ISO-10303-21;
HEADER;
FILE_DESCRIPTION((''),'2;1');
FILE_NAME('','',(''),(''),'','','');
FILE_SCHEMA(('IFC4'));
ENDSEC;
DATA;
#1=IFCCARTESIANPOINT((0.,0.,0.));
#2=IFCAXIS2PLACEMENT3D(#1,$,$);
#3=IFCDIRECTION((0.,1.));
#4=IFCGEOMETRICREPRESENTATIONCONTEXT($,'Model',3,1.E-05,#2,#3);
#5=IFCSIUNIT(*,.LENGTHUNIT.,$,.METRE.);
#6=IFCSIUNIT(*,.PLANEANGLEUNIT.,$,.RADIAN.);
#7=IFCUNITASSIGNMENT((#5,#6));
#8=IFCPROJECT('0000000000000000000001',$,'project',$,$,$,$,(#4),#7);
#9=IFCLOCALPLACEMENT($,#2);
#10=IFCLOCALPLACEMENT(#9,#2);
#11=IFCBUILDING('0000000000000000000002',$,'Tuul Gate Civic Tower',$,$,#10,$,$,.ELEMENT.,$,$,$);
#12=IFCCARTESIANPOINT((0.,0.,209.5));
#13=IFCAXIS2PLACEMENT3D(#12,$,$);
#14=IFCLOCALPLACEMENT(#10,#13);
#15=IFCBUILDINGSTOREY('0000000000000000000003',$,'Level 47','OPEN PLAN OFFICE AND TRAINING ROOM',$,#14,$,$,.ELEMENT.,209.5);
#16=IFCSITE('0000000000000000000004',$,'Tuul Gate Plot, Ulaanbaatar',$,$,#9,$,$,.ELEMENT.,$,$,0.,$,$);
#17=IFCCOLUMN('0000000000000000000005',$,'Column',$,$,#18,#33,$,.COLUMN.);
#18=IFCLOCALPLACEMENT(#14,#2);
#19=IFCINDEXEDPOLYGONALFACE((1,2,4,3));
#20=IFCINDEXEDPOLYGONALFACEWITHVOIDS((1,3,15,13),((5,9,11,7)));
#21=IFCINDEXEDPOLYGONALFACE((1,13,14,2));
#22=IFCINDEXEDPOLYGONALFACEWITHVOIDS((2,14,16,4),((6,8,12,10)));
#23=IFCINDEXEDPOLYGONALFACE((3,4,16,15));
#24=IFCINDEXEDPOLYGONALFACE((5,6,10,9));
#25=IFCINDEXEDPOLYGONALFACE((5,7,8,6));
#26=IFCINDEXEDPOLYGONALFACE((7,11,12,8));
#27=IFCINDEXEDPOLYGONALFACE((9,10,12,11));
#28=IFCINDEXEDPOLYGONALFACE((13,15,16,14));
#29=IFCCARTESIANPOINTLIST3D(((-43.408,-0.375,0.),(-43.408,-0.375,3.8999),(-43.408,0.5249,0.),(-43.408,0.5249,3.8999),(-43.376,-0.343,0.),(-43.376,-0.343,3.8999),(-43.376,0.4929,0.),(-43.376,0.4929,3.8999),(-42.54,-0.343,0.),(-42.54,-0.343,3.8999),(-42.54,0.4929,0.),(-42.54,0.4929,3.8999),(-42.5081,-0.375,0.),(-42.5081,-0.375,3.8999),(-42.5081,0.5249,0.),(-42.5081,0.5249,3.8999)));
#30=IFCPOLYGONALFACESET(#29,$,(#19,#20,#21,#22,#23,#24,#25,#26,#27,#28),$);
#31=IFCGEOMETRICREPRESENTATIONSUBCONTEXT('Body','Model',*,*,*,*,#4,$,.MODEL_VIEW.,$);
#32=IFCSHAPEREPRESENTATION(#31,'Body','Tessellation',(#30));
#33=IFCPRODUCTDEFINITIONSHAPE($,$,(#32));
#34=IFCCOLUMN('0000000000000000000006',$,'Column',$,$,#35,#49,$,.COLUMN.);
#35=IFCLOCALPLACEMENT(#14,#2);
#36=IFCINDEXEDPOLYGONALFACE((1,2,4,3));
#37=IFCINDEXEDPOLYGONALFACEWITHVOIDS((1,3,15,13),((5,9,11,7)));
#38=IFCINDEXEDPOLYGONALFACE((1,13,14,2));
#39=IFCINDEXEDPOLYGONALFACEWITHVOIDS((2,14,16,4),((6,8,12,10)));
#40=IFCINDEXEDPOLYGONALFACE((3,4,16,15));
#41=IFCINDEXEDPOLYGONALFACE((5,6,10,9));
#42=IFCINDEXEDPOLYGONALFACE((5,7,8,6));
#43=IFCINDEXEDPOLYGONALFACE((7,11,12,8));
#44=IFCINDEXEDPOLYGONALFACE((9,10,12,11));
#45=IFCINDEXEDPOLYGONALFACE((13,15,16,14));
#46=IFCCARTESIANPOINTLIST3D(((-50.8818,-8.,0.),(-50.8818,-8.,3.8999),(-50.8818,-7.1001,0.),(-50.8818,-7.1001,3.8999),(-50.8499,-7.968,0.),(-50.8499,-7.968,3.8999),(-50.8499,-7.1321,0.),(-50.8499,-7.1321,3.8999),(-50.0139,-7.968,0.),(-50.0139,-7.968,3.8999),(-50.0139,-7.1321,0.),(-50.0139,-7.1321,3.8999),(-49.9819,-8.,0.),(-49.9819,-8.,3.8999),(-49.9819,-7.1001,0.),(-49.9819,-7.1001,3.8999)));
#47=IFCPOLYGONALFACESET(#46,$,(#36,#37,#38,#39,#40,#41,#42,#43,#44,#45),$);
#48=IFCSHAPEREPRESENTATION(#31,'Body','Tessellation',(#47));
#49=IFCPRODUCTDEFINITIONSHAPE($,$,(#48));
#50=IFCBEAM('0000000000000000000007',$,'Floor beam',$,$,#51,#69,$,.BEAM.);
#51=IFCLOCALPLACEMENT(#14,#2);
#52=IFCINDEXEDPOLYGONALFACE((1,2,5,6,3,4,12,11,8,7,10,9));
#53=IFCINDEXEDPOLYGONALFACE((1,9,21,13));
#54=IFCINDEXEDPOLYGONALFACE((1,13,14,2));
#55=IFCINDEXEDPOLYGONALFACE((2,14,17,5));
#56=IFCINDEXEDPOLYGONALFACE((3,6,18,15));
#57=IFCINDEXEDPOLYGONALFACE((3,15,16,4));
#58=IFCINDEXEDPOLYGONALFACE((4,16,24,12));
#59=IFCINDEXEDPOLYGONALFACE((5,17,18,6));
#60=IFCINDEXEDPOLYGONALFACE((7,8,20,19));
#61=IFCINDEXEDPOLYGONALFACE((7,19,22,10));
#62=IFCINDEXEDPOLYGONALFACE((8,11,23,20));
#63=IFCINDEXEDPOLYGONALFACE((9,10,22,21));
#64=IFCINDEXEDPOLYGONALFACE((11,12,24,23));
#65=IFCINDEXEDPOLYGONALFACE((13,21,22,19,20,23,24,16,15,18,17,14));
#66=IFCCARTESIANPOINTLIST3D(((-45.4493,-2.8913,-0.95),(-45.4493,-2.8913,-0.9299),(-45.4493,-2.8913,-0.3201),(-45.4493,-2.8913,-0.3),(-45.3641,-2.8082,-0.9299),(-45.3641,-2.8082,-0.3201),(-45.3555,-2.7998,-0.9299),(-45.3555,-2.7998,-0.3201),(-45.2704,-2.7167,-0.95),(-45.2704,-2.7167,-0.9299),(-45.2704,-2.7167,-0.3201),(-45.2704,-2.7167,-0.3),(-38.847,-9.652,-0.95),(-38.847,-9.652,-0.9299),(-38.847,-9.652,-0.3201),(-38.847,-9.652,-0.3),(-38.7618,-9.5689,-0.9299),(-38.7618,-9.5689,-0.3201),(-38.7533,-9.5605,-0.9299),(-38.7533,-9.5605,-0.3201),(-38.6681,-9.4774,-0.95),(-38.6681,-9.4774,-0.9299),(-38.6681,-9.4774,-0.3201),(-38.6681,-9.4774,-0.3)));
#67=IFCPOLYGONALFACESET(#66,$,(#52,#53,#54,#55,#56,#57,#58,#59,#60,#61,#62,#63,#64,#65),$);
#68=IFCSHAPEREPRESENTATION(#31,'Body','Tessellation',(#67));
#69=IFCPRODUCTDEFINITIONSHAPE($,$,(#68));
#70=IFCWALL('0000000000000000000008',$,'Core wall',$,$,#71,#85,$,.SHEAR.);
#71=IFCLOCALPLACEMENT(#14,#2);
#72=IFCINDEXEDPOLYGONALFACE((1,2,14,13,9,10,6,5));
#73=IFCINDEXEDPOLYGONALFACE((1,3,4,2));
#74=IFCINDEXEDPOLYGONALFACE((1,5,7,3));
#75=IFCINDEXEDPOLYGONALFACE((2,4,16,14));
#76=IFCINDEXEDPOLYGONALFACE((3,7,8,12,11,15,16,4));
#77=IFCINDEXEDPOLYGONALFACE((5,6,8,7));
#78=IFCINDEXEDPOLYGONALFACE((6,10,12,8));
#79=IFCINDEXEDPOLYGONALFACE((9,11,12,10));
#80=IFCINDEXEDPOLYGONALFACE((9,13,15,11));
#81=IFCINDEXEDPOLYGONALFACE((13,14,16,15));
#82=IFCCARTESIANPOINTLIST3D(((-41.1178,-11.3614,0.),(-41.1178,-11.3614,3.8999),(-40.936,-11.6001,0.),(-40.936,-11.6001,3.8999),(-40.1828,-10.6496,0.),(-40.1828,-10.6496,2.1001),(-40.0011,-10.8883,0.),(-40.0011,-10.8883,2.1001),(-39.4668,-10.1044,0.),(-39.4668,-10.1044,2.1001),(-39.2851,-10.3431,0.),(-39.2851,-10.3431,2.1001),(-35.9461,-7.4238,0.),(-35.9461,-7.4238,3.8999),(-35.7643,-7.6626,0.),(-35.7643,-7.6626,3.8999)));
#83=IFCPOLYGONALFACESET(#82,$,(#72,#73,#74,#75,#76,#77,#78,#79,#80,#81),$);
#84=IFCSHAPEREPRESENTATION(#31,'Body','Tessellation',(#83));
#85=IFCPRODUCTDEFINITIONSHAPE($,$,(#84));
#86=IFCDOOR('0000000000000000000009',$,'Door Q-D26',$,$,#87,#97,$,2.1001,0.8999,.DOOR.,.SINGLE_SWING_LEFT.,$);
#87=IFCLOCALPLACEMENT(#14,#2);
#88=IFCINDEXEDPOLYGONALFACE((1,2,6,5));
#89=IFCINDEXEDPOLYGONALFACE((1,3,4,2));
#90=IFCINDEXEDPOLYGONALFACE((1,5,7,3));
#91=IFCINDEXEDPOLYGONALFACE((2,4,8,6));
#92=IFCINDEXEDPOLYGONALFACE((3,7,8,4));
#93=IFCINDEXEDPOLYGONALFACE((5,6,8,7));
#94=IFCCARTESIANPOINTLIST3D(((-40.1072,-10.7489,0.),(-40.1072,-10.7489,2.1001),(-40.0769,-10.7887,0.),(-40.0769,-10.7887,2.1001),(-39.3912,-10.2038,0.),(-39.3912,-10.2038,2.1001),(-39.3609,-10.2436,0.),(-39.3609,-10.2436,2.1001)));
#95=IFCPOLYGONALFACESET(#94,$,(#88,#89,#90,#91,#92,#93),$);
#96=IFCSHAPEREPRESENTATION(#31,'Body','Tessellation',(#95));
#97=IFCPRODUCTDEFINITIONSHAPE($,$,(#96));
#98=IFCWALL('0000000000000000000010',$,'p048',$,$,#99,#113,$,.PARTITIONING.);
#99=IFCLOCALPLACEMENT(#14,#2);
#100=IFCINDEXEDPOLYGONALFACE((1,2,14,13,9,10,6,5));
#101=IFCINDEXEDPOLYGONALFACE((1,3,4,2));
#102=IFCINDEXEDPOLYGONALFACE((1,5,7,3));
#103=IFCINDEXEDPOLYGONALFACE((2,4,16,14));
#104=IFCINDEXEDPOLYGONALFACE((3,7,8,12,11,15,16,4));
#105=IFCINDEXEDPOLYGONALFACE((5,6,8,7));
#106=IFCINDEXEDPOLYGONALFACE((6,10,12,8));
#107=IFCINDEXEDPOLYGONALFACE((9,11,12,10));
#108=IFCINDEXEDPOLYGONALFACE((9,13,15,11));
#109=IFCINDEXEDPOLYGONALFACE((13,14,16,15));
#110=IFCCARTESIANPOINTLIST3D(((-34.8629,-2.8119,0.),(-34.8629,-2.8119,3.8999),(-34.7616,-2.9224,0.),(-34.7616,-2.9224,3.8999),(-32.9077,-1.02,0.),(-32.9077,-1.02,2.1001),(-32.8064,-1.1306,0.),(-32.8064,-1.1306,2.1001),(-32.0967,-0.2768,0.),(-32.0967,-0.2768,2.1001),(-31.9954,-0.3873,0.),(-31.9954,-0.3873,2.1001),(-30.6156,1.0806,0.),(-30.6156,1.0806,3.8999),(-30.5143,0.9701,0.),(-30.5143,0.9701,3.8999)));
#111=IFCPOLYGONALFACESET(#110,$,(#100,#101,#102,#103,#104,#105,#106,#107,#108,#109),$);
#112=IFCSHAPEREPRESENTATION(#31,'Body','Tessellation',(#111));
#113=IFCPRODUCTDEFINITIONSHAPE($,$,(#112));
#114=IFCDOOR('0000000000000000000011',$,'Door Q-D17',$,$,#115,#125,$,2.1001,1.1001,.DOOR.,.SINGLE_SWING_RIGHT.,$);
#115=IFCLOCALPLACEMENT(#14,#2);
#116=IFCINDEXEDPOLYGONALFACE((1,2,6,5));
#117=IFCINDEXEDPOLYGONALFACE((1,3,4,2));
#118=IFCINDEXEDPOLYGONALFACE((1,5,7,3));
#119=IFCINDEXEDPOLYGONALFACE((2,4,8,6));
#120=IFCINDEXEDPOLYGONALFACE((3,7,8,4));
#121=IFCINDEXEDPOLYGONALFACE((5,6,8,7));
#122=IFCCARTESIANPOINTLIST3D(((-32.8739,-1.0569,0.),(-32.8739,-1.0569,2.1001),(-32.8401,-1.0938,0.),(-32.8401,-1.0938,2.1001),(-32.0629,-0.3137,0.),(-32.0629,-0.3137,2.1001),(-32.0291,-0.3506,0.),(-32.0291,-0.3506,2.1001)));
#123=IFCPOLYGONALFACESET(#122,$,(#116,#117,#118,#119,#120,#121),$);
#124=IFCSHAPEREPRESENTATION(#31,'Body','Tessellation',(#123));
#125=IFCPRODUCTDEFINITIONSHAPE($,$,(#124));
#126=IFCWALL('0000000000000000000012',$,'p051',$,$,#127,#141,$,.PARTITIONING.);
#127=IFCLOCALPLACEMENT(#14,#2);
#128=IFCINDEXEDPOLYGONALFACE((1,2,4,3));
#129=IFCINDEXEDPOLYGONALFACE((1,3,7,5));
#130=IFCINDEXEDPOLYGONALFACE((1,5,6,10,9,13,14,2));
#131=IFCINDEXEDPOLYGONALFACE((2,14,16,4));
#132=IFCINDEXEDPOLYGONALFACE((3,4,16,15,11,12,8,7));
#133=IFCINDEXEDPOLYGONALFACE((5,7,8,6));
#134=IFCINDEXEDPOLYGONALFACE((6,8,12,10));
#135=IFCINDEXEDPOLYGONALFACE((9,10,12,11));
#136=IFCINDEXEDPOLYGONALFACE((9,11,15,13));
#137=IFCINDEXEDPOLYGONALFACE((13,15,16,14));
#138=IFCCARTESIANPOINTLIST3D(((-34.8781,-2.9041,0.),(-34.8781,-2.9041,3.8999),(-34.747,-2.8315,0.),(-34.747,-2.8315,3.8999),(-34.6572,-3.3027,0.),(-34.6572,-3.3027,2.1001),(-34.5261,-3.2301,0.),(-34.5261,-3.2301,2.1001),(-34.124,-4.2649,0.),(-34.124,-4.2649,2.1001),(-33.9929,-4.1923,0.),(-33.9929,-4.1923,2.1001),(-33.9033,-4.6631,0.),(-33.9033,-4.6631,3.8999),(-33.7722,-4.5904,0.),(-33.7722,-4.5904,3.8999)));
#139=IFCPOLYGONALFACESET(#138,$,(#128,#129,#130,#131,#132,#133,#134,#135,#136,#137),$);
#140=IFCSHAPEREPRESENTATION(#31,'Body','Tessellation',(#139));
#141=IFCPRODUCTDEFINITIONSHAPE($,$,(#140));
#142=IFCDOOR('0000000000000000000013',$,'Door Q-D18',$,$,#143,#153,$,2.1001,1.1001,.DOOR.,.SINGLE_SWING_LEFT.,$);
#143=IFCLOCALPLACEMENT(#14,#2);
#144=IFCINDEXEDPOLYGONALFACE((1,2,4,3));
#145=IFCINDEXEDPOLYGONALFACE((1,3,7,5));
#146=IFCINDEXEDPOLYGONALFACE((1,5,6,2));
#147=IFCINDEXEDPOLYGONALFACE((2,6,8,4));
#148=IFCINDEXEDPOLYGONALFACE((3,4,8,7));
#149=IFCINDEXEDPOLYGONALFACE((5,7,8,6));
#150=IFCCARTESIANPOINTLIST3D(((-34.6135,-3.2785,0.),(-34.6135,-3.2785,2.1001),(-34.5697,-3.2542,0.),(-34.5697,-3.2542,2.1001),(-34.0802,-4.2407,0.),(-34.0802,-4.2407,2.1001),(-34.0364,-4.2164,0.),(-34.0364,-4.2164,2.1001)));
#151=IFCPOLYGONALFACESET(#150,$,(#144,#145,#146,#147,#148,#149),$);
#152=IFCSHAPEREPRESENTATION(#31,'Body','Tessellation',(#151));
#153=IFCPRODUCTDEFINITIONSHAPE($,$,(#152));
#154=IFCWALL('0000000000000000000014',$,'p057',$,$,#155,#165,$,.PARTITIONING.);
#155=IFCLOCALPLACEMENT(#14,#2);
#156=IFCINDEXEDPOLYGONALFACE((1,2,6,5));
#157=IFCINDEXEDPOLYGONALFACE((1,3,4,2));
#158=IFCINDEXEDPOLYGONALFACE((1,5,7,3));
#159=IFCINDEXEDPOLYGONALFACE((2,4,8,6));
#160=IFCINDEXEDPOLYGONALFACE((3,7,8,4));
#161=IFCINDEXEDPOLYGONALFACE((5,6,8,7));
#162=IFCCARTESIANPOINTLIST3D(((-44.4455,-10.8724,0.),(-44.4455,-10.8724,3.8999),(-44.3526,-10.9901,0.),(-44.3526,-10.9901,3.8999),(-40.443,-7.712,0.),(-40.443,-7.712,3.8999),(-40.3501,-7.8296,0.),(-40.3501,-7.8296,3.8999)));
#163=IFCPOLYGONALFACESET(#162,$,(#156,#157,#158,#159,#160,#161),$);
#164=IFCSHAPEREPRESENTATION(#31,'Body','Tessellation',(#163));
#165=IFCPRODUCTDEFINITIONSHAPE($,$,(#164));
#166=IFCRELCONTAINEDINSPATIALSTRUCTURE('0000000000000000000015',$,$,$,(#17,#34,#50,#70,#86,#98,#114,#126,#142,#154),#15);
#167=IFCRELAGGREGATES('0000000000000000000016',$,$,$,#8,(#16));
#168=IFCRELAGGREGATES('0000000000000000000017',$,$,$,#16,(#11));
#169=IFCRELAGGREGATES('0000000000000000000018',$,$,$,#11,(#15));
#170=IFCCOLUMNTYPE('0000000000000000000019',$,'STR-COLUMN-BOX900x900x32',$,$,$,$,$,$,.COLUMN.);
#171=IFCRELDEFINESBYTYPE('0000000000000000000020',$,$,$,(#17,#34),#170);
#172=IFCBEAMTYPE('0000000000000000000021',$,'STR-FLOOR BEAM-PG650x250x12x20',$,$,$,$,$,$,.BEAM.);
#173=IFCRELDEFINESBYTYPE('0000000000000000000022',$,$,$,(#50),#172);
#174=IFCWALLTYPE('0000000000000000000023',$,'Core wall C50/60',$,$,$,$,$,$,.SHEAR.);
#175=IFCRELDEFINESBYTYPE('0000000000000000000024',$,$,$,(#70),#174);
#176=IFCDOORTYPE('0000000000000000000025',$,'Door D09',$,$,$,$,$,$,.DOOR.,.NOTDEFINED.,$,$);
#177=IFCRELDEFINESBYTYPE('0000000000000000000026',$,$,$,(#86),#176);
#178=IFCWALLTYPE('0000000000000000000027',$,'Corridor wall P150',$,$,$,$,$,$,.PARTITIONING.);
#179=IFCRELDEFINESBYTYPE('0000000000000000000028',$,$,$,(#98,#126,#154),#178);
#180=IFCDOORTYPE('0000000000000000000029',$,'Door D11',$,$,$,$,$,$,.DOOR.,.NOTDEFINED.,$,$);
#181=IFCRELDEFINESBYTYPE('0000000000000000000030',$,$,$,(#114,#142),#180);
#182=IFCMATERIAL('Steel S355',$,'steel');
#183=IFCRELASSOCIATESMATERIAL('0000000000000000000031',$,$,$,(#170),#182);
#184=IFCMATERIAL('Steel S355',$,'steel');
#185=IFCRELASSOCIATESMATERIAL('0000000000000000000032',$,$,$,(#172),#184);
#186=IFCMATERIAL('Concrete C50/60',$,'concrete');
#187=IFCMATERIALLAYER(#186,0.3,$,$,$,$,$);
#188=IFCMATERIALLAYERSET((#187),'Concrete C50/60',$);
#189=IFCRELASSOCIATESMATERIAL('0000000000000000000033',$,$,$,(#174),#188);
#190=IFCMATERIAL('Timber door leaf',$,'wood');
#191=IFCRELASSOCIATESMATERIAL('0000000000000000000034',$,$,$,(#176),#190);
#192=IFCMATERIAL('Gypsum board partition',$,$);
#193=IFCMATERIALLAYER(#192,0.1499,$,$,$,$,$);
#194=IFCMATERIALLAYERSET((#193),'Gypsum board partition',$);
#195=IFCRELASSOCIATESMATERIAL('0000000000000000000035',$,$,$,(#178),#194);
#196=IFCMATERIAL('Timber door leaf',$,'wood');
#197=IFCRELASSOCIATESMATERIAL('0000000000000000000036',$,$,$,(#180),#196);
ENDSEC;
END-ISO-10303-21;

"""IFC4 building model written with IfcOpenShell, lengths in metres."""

from ifc_helpers import new_model, si_unit, direction, frame, frame_2d, origin, origin_2d, place, context, subcontext, project, spatial, rectangle, hollow_rectangle, i_section, extrude, material, layer, layer_set, material_profile, profile_set, type_object, element, fill, save


model = new_model("IFC4")

# Units and contexts
model_context = context("Model", 3, precision=1e-05, world=origin(), true_north=direction((0.0, 1.0)))
body_context = subcontext(model_context, "Body", "Model", "MODEL_VIEW")
ifc_project = project(units=[si_unit("LENGTHUNIT", "METRE"), si_unit("PLANEANGLEUNIT", "RADIAN")], contexts=[model_context])

# Site, building, storey
site_placement = place(None, origin())
site = spatial("IfcSite", under=ifc_project, at=site_placement, Name="Tuul Gate Plot, Ulaanbaatar", CompositionType="ELEMENT", RefElevation=0.0)
building_placement = place(site_placement, origin())
building = spatial("IfcBuilding", under=site, at=building_placement, Name="Tuul Gate Civic Tower", CompositionType="ELEMENT")
storey_placement = place(building_placement, frame((0.0, 0.0, 209.5)))
storey = spatial("IfcBuildingStorey", under=building, at=storey_placement, Name="Level 47", Description="OPEN PLAN OFFICE AND TRAINING ROOM", CompositionType="ELEMENT", Elevation=209.5)

# Columns
ifc_material_1 = material(Name="Steel S355", Category="steel")
ifc_material_profile_1 = material_profile(ifc_material_1, hollow_rectangle(XDim=0.8999, YDim=0.8999, WallThickness=0.032, at=origin_2d()), Name="BOX900x900x32")
ifc_profile_set_1 = profile_set([ifc_material_profile_1], Name="Steel S355")
column_type = type_object("IfcColumnType", Name="STR-COLUMN-BOX900x900x32", PredefinedType="COLUMN", material=ifc_profile_set_1)
for number, where, z_axis, x_axis, name in (
    (1, (-42.958, 0.075, 0.0), (0.0, 0.0, 1.0), (1.0, 0.0, 0.0), "Column"),
    (2, (-50.4319, -7.55, 0.0), (0.0, 0.0, 1.0), (1.0, 0.0, 0.0), "Column"),
):
    element("IfcColumn", number, at=place(storey_placement, frame(where, z_axis=z_axis, x_axis=x_axis)), inside=storey, type_object=column_type, Name=name, PredefinedType="COLUMN", context=body_context, shape_type="SweptSolid", body=[
        extrude(hollow_rectangle(XDim=0.8999, YDim=0.8999, WallThickness=0.032, at=origin_2d()), origin(), (0.0, 0.0, 1.0), 3.8999),
    ])

# Beam
ifc_material_2 = material(Name="Steel S355", Category="steel")
ifc_material_profile_2 = material_profile(ifc_material_2, i_section(OverallWidth=0.25, OverallDepth=0.6499, WebThickness=0.012, FlangeThickness=0.02, at=origin_2d()), Name="PG650x250x12x20")
ifc_profile_set_2 = profile_set([ifc_material_profile_2], Name="Steel S355")
beam_type = type_object("IfcBeamType", Name="STR-FLOOR BEAM-PG650x250x12x20", PredefinedType="BEAM", material=ifc_profile_set_2)
beam_placement = place(storey_placement, frame((-38.7576, -9.5647, -0.625), z_axis=(-0.698673, 0.715441, 0.0), x_axis=(-0.715441, -0.698673, 0.0)))
element("IfcBeam", 3, at=beam_placement, inside=storey, type_object=beam_type, Name="Floor beam", PredefinedType="BEAM", context=body_context, shape_type="SweptSolid", body=[
    extrude(i_section(OverallWidth=0.25, OverallDepth=0.6499, WebThickness=0.012, FlangeThickness=0.02, at=origin_2d()), origin(), (0.0, 0.0, 1.0), 9.4497),
])

# Walls, openings, doors
ifc_material_3 = material(Name="Concrete C50/60", Category="concrete")
ifc_layer_1 = layer(ifc_material_3, 0.3)
ifc_layer_set_1 = layer_set([ifc_layer_1], Name="Concrete C50/60")
wall_type_1 = type_object("IfcWallType", Name="Core wall C50/60", PredefinedType="SHEAR", material=ifc_layer_set_1)
wall_1_placement = place(storey_placement, frame((-35.8552, -7.5432, 0.0), z_axis=(0.0, 0.0, 1.0), x_axis=(-0.795639, -0.605772, 0.0)))
wall_1 = element("IfcWall", 4, at=wall_1_placement, inside=storey, type_object=wall_type_1, Name="Core wall", PredefinedType="SHEAR", context=body_context, shape_type="SweptSolid", body=[
    extrude(rectangle(XDim=6.5, YDim=0.3, at=frame_2d((3.25, 0.0))), origin(), (0.0, 0.0, 1.0), 3.8999),
])
opening_1_placement = place(wall_1_placement, frame((4.425, 0.0, 0.0)))
opening_1 = element("IfcOpeningElement", 5, at=opening_1_placement, cuts=wall_1, PredefinedType="OPENING", context=body_context, shape_type="SweptSolid", body=[
    extrude(rectangle(XDim=0.8999, YDim=2.1001, at=frame_2d((0.45, 1.05))), frame((0.0, 0.1602, 0.0), z_axis=(0.0, -1.0, 0.0), x_axis=(1.0, 0.0, 0.0)), (0.0, 0.0, 1.0), 0.3201),
])
ifc_material_4 = material(Name="Timber door leaf", Category="wood")
door_type_1 = type_object("IfcDoorType", Name="Door D09", OperationType="NOTDEFINED", PredefinedType="DOOR", material=ifc_material_4)
door_1_placement = place(opening_1_placement, origin())
door_1 = element("IfcDoor", 6, at=door_1_placement, inside=storey, type_object=door_type_1, Name="Door Q-D26", OperationType="SINGLE_SWING_LEFT", OverallHeight=2.1001, OverallWidth=0.8999, PredefinedType="DOOR", context=body_context, shape_type="SweptSolid", body=[
    extrude(rectangle(XDim=0.8999, YDim=2.1001, at=frame_2d((0.45, 1.05))), frame((0.0, 0.0249, 0.0), z_axis=(0.0, -1.0, 0.0), x_axis=(1.0, 0.0, 0.0)), (0.0, 0.0, 1.0), 0.05),
])
fill(opening_1, door_1)
ifc_material_5 = material(Name="Gypsum board partition")
ifc_layer_2 = layer(ifc_material_5, 0.1499)
ifc_layer_set_2 = layer_set([ifc_layer_2], Name="Gypsum board partition")
wall_type_2 = type_object("IfcWallType", Name="Corridor wall P150", PredefinedType="PARTITIONING", material=ifc_layer_set_2)
wall_2_placement = place(storey_placement, frame((-34.8123, -2.8672, 0.0), z_axis=(0.0, 0.0, 1.0), x_axis=(0.737223, 0.67565, 0.0)))
wall_2 = element("IfcWall", 7, at=wall_2_placement, inside=storey, type_object=wall_type_2, Name="p048", PredefinedType="PARTITIONING", context=body_context, shape_type="SweptSolid", body=[
    extrude(rectangle(XDim=5.7612, YDim=0.1499, at=frame_2d((2.8806, 0.0))), origin(), (0.0, 0.0, 1.0), 3.8999),
])
opening_2_placement = place(wall_2_placement, frame((2.6521, 0.0, 0.0)))
opening_2 = element("IfcOpeningElement", 8, at=opening_2_placement, cuts=wall_2, PredefinedType="OPENING", context=body_context, shape_type="SweptSolid", body=[
    extrude(rectangle(XDim=1.1001, YDim=2.1001, at=frame_2d((0.55, 1.05))), frame((0.0, 0.085, 0.0), z_axis=(0.0, -1.0, 0.0), x_axis=(1.0, 0.0, 0.0)), (0.0, 0.0, 1.0), 0.1699),
])
ifc_material_6 = material(Name="Timber door leaf", Category="wood")
door_type_2 = type_object("IfcDoorType", Name="Door D11", OperationType="NOTDEFINED", PredefinedType="DOOR", material=ifc_material_6)
door_2_placement = place(opening_2_placement, origin())
door_2 = element("IfcDoor", 9, at=door_2_placement, inside=storey, type_object=door_type_2, Name="Door Q-D17", OperationType="SINGLE_SWING_RIGHT", OverallHeight=2.1001, OverallWidth=1.1001, PredefinedType="DOOR", context=body_context, shape_type="SweptSolid", body=[
    extrude(rectangle(XDim=1.1001, YDim=2.1001, at=frame_2d((0.55, 1.05))), frame((0.0, 0.0249, 0.0), z_axis=(0.0, -1.0, 0.0), x_axis=(1.0, 0.0, 0.0)), (0.0, 0.0, 1.0), 0.05),
])
fill(opening_2, door_2)
wall_3_placement = place(storey_placement, frame((-34.8125, -2.8679, 0.0), z_axis=(0.0, 0.0, 1.0), x_axis=(0.484736, -0.874661, 0.0)))
wall_3 = element("IfcWall", 10, at=wall_3_placement, inside=storey, type_object=wall_type_2, Name="p051", PredefinedType="PARTITIONING", context=body_context, shape_type="SweptSolid", body=[
    extrude(rectangle(XDim=2.011, YDim=0.1499, at=frame_2d((1.0054, 0.0))), origin(), (0.0, 0.0, 1.0), 3.8999),
])
opening_3_placement = place(wall_3_placement, frame((0.4556, 0.0, 0.0)))
opening_3 = element("IfcOpeningElement", 11, at=opening_3_placement, cuts=wall_3, PredefinedType="OPENING", context=body_context, shape_type="SweptSolid", body=[
    extrude(rectangle(XDim=1.1001, YDim=2.1001, at=frame_2d((0.55, 1.05))), frame((0.0, 0.085, 0.0), z_axis=(0.0, -1.0, 0.0), x_axis=(1.0, 0.0, 0.0)), (0.0, 0.0, 1.0), 0.1699),
])
door_3_placement = place(opening_3_placement, frame((1.1001, 0.0, 0.0), z_axis=(0.0, 0.0, 1.0), x_axis=(-1.0, 0.0, 0.0)))
door_3 = element("IfcDoor", 12, at=door_3_placement, inside=storey, type_object=door_type_2, Name="Door Q-D18", OperationType="SINGLE_SWING_LEFT", OverallHeight=2.1001, OverallWidth=1.1001, PredefinedType="DOOR", context=body_context, shape_type="SweptSolid", body=[
    extrude(rectangle(XDim=1.1001, YDim=2.1001, at=frame_2d((0.55, 1.05))), frame((0.0, 0.0249, 0.0), z_axis=(0.0, -1.0, 0.0), x_axis=(1.0, 0.0, 0.0)), (0.0, 0.0, 1.0), 0.05),
])
fill(opening_3, door_3)

# Wall
wall_4_placement = place(storey_placement, frame((-44.3989, -10.9312, 0.0), z_axis=(0.0, 0.0, 1.0), x_axis=(0.784828, 0.619714, 0.0)))
element("IfcWall", 13, at=wall_4_placement, inside=storey, type_object=wall_type_2, Name="p057", PredefinedType="PARTITIONING", context=body_context, shape_type="SweptSolid", body=[
    extrude(rectangle(XDim=5.0999, YDim=0.1499, at=frame_2d((2.5498, 0.0))), origin(), (0.0, 0.0, 1.0), 3.8999),
])

save(model, "model.ifc")
